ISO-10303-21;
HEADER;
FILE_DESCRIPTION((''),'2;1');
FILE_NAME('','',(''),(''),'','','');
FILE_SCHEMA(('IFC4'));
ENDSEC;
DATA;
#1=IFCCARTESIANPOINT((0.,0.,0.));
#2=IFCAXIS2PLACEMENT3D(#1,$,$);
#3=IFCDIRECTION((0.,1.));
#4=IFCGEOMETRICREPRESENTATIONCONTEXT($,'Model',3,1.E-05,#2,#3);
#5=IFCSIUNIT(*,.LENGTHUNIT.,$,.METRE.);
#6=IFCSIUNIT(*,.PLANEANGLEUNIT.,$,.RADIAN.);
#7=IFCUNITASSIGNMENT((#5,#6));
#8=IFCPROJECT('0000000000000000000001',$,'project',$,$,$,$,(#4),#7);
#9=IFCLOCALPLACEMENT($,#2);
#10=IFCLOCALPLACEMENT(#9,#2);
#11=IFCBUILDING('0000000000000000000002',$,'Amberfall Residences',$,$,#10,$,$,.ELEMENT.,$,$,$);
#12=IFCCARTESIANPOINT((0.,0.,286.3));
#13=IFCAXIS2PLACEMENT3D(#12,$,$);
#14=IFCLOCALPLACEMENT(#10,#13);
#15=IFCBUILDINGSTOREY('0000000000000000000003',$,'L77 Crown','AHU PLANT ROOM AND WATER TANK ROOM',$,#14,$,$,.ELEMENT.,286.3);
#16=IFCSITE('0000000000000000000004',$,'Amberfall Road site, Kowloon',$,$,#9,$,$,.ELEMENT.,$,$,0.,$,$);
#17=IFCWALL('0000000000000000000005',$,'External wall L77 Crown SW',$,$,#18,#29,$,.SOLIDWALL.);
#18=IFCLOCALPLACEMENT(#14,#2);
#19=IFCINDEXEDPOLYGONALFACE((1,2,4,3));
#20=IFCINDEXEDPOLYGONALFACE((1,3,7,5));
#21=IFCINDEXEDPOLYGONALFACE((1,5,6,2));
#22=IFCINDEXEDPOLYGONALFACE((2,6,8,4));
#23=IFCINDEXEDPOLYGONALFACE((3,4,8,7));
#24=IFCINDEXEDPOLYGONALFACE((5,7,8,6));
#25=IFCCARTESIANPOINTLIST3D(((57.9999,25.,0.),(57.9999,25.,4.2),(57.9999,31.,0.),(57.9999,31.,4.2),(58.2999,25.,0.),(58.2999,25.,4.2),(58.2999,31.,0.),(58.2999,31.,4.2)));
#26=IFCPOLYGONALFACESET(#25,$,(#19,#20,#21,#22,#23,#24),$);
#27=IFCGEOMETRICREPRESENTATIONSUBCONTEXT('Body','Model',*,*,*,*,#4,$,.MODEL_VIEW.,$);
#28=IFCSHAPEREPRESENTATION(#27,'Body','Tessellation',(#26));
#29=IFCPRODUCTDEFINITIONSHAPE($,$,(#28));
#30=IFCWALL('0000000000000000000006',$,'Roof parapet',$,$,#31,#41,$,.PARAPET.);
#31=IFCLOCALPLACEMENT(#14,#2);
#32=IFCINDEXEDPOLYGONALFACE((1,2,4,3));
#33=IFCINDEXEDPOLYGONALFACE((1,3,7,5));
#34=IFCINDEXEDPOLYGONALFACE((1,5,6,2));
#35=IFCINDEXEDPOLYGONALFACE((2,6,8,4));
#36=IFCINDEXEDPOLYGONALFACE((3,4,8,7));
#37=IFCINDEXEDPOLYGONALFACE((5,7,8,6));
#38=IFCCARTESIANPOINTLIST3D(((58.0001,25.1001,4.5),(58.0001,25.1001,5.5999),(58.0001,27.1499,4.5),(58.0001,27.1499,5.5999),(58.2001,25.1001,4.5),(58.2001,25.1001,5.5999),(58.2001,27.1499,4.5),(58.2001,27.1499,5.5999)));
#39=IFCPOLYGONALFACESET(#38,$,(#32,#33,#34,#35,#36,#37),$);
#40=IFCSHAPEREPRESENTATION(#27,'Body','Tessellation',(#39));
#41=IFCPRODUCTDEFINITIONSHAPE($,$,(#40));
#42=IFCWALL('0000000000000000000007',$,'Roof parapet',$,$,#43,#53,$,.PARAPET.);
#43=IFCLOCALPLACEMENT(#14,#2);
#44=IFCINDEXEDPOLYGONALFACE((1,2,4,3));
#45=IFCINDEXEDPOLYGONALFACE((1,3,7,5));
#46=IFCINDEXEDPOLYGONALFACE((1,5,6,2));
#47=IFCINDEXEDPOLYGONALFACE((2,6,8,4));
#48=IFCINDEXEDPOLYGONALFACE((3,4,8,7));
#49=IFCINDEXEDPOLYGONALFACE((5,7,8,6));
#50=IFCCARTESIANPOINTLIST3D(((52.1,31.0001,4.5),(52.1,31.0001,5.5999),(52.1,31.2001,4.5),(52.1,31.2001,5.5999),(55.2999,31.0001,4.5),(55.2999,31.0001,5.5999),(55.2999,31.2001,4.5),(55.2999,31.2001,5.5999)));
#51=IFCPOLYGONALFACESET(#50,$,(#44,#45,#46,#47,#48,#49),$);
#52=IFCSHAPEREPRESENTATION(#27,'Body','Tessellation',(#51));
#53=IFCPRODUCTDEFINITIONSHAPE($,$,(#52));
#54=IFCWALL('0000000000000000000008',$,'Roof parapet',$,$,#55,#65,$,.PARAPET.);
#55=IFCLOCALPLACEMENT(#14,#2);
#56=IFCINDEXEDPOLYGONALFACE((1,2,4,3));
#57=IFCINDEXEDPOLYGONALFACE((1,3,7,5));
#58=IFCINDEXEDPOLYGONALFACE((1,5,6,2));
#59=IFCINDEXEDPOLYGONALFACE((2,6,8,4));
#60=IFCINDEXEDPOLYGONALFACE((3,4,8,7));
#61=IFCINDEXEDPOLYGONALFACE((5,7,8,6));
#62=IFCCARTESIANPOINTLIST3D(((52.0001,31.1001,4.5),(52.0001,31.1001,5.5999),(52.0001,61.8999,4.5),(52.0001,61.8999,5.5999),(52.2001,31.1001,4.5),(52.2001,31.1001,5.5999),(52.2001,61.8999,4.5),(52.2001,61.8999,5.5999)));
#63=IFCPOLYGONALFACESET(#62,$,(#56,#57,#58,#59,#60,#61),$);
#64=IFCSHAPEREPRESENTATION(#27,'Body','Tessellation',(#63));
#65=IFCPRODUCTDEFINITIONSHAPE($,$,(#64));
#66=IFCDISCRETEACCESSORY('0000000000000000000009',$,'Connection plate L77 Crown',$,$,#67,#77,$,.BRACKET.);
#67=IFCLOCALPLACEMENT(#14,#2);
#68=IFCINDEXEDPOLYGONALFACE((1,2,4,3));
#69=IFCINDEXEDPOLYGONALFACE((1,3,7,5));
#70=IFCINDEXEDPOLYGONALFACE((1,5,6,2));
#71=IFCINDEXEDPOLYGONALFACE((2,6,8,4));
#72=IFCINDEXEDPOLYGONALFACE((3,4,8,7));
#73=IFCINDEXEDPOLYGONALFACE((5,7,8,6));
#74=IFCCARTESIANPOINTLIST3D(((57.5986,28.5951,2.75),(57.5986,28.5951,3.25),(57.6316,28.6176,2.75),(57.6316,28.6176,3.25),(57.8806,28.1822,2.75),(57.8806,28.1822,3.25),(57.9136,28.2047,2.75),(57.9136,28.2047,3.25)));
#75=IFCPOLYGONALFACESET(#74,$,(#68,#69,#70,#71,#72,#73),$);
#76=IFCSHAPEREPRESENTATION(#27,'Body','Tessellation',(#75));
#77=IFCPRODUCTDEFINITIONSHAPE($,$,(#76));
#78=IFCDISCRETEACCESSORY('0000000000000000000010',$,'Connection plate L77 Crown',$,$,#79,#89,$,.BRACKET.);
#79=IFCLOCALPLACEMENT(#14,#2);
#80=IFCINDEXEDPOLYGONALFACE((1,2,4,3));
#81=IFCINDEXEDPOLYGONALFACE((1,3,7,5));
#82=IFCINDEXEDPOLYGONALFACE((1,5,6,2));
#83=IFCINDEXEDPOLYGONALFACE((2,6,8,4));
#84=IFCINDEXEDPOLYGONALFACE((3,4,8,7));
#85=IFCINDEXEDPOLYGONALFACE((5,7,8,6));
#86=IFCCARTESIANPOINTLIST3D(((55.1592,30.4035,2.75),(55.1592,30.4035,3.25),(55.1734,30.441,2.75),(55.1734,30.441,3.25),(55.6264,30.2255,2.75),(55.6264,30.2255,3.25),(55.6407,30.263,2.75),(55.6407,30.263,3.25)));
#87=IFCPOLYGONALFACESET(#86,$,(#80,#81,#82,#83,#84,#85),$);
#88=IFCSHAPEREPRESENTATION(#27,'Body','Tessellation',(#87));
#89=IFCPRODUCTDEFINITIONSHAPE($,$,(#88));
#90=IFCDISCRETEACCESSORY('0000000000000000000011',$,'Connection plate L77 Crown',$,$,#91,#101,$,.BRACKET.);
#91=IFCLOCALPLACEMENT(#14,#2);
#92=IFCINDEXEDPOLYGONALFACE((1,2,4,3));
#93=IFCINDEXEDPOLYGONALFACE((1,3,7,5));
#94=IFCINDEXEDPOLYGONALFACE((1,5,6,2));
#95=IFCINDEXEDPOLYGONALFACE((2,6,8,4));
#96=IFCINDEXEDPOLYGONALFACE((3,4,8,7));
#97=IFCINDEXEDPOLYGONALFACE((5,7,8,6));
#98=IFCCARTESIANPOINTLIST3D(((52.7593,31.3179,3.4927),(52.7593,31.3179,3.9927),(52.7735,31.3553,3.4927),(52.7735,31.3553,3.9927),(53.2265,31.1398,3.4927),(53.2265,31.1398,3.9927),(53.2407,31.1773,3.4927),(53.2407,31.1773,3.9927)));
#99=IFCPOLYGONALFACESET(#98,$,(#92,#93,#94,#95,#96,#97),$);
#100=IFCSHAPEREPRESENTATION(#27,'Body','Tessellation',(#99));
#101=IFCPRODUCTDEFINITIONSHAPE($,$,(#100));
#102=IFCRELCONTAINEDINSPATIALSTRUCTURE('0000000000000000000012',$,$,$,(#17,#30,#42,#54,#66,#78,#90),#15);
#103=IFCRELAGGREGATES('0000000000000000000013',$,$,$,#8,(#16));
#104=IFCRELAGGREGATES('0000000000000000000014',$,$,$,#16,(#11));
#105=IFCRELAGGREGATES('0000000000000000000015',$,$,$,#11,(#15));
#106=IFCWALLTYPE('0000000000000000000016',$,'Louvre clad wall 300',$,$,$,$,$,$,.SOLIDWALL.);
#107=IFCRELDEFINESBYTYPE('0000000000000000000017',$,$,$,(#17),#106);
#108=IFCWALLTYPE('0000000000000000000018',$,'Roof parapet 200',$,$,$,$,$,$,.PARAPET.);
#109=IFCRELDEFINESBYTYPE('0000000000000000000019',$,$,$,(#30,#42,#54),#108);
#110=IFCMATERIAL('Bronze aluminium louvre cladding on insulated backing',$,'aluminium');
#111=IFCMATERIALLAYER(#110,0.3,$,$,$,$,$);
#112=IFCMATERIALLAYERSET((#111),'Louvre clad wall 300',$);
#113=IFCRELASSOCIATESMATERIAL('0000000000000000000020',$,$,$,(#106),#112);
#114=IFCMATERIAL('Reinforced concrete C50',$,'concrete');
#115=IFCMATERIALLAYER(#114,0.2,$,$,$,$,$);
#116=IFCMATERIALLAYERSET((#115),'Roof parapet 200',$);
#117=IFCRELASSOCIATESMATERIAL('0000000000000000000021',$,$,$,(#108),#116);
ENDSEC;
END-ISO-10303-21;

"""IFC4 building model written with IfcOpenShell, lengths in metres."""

from ifc_helpers import new_model, si_unit, direction, frame, frame_2d, origin, origin_2d, place, context, subcontext, project, spatial, rectangle, extrude, material, layer, layer_set, type_object, element, save


model = new_model("IFC4")

# Units and contexts
model_context = context("Model", 3, precision=1e-05, world=origin(), true_north=direction((0.0, 1.0)))
body_context = subcontext(model_context, "Body", "Model", "MODEL_VIEW")
ifc_project = project(units=[si_unit("LENGTHUNIT", "METRE"), si_unit("PLANEANGLEUNIT", "RADIAN")], contexts=[model_context])

# Site, building, storey
site_placement = place(None, origin())
site = spatial("IfcSite", under=ifc_project, at=site_placement, Name="Amberfall Road site, Kowloon", CompositionType="ELEMENT", RefElevation=0.0)
building_placement = place(site_placement, origin())
building = spatial("IfcBuilding", under=site, at=building_placement, Name="Amberfall Residences", CompositionType="ELEMENT")
storey_placement = place(building_placement, frame((0.0, 0.0, 286.3)))
storey = spatial("IfcBuildingStorey", under=building, at=storey_placement, Name="L77 Crown", Description="AHU PLANT ROOM AND WATER TANK ROOM", CompositionType="ELEMENT", Elevation=286.3)

# Walls
ifc_material_1 = material(Name="Bronze aluminium louvre cladding on insulated backing", Category="aluminium")
ifc_layer_1 = layer(ifc_material_1, 0.3)
ifc_layer_set_1 = layer_set([ifc_layer_1], Name="Louvre clad wall 300")
wall_type_1 = type_object("IfcWallType", Name="Louvre clad wall 300", PredefinedType="SOLIDWALL", material=ifc_layer_set_1)
wall_1_placement = place(storey_placement, frame((58.1499, 31.0, 0.0), z_axis=(0.0, 0.0, 1.0), x_axis=(0.0, -1.0, 0.0)))
element("IfcWall", 1, at=wall_1_placement, inside=storey, type_object=wall_type_1, Name="External wall L77 Crown SW", PredefinedType="SOLIDWALL", context=body_context, shape_type="SweptSolid", body=[
    extrude(rectangle(XDim=6.0, YDim=0.3, at=frame_2d((3.0, 0.0))), origin(), (0.0, 0.0, 1.0), 4.2),
])
ifc_material_2 = material(Name="Reinforced concrete C50", Category="concrete")
ifc_layer_2 = layer(ifc_material_2, 0.2)
ifc_layer_set_2 = layer_set([ifc_layer_2], Name="Roof parapet 200")
wall_type_2 = type_object("IfcWallType", Name="Roof parapet 200", PredefinedType="PARAPET", material=ifc_layer_set_2)
wall_2_placement = place(storey_placement, frame((58.1001, 25.1001, 4.5), z_axis=(0.0, 0.0, 1.0), x_axis=(0.0, 1.0, 0.0)))
element("IfcWall", 2, at=wall_2_placement, inside=storey, type_object=wall_type_2, Name="Roof parapet", PredefinedType="PARAPET", context=body_context, shape_type="SweptSolid", body=[
    extrude(rectangle(XDim=2.0498, YDim=0.2, at=frame_2d((1.0249, 0.0))), origin(), (0.0, 0.0, 1.0), 1.0999),
])
wall_3_placement = place(storey_placement, frame((55.3, 31.1001, 4.5), z_axis=(0.0, 0.0, 1.0), x_axis=(-1.0, 0.0, 0.0)))
element("IfcWall", 3, at=wall_3_placement, inside=storey, type_object=wall_type_2, Name="Roof parapet", PredefinedType="PARAPET", context=body_context, shape_type="SweptSolid", body=[
    extrude(rectangle(XDim=3.2, YDim=0.2, at=frame_2d((1.6001, 0.0))), origin(), (0.0, 0.0, 1.0), 1.0999),
])
wall_4_placement = place(storey_placement, frame((52.1001, 31.1001, 4.5), z_axis=(0.0, 0.0, 1.0), x_axis=(0.0, 1.0, 0.0)))
element("IfcWall", 4, at=wall_4_placement, inside=storey, type_object=wall_type_2, Name="Roof parapet", PredefinedType="PARAPET", context=body_context, shape_type="SweptSolid", body=[
    extrude(rectangle(XDim=30.7998, YDim=0.2, at=frame_2d((15.3999, 0.0))), origin(), (0.0, 0.0, 1.0), 1.0999),
])

# Discrete accessories
for number, where, z_axis, x_axis, name in (
    (5, (57.7561, 28.3999, 2.75), (0.0, 0.0, 1.0), (0.563959, -0.825803, 0.0), "Connection plate L77 Crown"),
    (6, (55.3999, 30.3333, 2.75), (0.0, 0.0, 1.0), (-0.934484, 0.356004, 0.0), "Connection plate L77 Crown"),
    (7, (53.0, 31.2476, 3.4927), (0.0, 0.0, 1.0), (-0.934484, 0.356004, 0.0), "Connection plate L77 Crown"),
):
    element("IfcDiscreteAccessory", number, at=place(storey_placement, frame(where, z_axis=z_axis, x_axis=x_axis)), inside=storey, Name=name, PredefinedType="BRACKET", context=body_context, shape_type="SweptSolid", body=[
        extrude(rectangle(XDim=0.5, YDim=0.04, at=origin_2d()), origin(), (0.0, 0.0, 1.0), 0.5),
    ])

save(model, "model.ifc")
